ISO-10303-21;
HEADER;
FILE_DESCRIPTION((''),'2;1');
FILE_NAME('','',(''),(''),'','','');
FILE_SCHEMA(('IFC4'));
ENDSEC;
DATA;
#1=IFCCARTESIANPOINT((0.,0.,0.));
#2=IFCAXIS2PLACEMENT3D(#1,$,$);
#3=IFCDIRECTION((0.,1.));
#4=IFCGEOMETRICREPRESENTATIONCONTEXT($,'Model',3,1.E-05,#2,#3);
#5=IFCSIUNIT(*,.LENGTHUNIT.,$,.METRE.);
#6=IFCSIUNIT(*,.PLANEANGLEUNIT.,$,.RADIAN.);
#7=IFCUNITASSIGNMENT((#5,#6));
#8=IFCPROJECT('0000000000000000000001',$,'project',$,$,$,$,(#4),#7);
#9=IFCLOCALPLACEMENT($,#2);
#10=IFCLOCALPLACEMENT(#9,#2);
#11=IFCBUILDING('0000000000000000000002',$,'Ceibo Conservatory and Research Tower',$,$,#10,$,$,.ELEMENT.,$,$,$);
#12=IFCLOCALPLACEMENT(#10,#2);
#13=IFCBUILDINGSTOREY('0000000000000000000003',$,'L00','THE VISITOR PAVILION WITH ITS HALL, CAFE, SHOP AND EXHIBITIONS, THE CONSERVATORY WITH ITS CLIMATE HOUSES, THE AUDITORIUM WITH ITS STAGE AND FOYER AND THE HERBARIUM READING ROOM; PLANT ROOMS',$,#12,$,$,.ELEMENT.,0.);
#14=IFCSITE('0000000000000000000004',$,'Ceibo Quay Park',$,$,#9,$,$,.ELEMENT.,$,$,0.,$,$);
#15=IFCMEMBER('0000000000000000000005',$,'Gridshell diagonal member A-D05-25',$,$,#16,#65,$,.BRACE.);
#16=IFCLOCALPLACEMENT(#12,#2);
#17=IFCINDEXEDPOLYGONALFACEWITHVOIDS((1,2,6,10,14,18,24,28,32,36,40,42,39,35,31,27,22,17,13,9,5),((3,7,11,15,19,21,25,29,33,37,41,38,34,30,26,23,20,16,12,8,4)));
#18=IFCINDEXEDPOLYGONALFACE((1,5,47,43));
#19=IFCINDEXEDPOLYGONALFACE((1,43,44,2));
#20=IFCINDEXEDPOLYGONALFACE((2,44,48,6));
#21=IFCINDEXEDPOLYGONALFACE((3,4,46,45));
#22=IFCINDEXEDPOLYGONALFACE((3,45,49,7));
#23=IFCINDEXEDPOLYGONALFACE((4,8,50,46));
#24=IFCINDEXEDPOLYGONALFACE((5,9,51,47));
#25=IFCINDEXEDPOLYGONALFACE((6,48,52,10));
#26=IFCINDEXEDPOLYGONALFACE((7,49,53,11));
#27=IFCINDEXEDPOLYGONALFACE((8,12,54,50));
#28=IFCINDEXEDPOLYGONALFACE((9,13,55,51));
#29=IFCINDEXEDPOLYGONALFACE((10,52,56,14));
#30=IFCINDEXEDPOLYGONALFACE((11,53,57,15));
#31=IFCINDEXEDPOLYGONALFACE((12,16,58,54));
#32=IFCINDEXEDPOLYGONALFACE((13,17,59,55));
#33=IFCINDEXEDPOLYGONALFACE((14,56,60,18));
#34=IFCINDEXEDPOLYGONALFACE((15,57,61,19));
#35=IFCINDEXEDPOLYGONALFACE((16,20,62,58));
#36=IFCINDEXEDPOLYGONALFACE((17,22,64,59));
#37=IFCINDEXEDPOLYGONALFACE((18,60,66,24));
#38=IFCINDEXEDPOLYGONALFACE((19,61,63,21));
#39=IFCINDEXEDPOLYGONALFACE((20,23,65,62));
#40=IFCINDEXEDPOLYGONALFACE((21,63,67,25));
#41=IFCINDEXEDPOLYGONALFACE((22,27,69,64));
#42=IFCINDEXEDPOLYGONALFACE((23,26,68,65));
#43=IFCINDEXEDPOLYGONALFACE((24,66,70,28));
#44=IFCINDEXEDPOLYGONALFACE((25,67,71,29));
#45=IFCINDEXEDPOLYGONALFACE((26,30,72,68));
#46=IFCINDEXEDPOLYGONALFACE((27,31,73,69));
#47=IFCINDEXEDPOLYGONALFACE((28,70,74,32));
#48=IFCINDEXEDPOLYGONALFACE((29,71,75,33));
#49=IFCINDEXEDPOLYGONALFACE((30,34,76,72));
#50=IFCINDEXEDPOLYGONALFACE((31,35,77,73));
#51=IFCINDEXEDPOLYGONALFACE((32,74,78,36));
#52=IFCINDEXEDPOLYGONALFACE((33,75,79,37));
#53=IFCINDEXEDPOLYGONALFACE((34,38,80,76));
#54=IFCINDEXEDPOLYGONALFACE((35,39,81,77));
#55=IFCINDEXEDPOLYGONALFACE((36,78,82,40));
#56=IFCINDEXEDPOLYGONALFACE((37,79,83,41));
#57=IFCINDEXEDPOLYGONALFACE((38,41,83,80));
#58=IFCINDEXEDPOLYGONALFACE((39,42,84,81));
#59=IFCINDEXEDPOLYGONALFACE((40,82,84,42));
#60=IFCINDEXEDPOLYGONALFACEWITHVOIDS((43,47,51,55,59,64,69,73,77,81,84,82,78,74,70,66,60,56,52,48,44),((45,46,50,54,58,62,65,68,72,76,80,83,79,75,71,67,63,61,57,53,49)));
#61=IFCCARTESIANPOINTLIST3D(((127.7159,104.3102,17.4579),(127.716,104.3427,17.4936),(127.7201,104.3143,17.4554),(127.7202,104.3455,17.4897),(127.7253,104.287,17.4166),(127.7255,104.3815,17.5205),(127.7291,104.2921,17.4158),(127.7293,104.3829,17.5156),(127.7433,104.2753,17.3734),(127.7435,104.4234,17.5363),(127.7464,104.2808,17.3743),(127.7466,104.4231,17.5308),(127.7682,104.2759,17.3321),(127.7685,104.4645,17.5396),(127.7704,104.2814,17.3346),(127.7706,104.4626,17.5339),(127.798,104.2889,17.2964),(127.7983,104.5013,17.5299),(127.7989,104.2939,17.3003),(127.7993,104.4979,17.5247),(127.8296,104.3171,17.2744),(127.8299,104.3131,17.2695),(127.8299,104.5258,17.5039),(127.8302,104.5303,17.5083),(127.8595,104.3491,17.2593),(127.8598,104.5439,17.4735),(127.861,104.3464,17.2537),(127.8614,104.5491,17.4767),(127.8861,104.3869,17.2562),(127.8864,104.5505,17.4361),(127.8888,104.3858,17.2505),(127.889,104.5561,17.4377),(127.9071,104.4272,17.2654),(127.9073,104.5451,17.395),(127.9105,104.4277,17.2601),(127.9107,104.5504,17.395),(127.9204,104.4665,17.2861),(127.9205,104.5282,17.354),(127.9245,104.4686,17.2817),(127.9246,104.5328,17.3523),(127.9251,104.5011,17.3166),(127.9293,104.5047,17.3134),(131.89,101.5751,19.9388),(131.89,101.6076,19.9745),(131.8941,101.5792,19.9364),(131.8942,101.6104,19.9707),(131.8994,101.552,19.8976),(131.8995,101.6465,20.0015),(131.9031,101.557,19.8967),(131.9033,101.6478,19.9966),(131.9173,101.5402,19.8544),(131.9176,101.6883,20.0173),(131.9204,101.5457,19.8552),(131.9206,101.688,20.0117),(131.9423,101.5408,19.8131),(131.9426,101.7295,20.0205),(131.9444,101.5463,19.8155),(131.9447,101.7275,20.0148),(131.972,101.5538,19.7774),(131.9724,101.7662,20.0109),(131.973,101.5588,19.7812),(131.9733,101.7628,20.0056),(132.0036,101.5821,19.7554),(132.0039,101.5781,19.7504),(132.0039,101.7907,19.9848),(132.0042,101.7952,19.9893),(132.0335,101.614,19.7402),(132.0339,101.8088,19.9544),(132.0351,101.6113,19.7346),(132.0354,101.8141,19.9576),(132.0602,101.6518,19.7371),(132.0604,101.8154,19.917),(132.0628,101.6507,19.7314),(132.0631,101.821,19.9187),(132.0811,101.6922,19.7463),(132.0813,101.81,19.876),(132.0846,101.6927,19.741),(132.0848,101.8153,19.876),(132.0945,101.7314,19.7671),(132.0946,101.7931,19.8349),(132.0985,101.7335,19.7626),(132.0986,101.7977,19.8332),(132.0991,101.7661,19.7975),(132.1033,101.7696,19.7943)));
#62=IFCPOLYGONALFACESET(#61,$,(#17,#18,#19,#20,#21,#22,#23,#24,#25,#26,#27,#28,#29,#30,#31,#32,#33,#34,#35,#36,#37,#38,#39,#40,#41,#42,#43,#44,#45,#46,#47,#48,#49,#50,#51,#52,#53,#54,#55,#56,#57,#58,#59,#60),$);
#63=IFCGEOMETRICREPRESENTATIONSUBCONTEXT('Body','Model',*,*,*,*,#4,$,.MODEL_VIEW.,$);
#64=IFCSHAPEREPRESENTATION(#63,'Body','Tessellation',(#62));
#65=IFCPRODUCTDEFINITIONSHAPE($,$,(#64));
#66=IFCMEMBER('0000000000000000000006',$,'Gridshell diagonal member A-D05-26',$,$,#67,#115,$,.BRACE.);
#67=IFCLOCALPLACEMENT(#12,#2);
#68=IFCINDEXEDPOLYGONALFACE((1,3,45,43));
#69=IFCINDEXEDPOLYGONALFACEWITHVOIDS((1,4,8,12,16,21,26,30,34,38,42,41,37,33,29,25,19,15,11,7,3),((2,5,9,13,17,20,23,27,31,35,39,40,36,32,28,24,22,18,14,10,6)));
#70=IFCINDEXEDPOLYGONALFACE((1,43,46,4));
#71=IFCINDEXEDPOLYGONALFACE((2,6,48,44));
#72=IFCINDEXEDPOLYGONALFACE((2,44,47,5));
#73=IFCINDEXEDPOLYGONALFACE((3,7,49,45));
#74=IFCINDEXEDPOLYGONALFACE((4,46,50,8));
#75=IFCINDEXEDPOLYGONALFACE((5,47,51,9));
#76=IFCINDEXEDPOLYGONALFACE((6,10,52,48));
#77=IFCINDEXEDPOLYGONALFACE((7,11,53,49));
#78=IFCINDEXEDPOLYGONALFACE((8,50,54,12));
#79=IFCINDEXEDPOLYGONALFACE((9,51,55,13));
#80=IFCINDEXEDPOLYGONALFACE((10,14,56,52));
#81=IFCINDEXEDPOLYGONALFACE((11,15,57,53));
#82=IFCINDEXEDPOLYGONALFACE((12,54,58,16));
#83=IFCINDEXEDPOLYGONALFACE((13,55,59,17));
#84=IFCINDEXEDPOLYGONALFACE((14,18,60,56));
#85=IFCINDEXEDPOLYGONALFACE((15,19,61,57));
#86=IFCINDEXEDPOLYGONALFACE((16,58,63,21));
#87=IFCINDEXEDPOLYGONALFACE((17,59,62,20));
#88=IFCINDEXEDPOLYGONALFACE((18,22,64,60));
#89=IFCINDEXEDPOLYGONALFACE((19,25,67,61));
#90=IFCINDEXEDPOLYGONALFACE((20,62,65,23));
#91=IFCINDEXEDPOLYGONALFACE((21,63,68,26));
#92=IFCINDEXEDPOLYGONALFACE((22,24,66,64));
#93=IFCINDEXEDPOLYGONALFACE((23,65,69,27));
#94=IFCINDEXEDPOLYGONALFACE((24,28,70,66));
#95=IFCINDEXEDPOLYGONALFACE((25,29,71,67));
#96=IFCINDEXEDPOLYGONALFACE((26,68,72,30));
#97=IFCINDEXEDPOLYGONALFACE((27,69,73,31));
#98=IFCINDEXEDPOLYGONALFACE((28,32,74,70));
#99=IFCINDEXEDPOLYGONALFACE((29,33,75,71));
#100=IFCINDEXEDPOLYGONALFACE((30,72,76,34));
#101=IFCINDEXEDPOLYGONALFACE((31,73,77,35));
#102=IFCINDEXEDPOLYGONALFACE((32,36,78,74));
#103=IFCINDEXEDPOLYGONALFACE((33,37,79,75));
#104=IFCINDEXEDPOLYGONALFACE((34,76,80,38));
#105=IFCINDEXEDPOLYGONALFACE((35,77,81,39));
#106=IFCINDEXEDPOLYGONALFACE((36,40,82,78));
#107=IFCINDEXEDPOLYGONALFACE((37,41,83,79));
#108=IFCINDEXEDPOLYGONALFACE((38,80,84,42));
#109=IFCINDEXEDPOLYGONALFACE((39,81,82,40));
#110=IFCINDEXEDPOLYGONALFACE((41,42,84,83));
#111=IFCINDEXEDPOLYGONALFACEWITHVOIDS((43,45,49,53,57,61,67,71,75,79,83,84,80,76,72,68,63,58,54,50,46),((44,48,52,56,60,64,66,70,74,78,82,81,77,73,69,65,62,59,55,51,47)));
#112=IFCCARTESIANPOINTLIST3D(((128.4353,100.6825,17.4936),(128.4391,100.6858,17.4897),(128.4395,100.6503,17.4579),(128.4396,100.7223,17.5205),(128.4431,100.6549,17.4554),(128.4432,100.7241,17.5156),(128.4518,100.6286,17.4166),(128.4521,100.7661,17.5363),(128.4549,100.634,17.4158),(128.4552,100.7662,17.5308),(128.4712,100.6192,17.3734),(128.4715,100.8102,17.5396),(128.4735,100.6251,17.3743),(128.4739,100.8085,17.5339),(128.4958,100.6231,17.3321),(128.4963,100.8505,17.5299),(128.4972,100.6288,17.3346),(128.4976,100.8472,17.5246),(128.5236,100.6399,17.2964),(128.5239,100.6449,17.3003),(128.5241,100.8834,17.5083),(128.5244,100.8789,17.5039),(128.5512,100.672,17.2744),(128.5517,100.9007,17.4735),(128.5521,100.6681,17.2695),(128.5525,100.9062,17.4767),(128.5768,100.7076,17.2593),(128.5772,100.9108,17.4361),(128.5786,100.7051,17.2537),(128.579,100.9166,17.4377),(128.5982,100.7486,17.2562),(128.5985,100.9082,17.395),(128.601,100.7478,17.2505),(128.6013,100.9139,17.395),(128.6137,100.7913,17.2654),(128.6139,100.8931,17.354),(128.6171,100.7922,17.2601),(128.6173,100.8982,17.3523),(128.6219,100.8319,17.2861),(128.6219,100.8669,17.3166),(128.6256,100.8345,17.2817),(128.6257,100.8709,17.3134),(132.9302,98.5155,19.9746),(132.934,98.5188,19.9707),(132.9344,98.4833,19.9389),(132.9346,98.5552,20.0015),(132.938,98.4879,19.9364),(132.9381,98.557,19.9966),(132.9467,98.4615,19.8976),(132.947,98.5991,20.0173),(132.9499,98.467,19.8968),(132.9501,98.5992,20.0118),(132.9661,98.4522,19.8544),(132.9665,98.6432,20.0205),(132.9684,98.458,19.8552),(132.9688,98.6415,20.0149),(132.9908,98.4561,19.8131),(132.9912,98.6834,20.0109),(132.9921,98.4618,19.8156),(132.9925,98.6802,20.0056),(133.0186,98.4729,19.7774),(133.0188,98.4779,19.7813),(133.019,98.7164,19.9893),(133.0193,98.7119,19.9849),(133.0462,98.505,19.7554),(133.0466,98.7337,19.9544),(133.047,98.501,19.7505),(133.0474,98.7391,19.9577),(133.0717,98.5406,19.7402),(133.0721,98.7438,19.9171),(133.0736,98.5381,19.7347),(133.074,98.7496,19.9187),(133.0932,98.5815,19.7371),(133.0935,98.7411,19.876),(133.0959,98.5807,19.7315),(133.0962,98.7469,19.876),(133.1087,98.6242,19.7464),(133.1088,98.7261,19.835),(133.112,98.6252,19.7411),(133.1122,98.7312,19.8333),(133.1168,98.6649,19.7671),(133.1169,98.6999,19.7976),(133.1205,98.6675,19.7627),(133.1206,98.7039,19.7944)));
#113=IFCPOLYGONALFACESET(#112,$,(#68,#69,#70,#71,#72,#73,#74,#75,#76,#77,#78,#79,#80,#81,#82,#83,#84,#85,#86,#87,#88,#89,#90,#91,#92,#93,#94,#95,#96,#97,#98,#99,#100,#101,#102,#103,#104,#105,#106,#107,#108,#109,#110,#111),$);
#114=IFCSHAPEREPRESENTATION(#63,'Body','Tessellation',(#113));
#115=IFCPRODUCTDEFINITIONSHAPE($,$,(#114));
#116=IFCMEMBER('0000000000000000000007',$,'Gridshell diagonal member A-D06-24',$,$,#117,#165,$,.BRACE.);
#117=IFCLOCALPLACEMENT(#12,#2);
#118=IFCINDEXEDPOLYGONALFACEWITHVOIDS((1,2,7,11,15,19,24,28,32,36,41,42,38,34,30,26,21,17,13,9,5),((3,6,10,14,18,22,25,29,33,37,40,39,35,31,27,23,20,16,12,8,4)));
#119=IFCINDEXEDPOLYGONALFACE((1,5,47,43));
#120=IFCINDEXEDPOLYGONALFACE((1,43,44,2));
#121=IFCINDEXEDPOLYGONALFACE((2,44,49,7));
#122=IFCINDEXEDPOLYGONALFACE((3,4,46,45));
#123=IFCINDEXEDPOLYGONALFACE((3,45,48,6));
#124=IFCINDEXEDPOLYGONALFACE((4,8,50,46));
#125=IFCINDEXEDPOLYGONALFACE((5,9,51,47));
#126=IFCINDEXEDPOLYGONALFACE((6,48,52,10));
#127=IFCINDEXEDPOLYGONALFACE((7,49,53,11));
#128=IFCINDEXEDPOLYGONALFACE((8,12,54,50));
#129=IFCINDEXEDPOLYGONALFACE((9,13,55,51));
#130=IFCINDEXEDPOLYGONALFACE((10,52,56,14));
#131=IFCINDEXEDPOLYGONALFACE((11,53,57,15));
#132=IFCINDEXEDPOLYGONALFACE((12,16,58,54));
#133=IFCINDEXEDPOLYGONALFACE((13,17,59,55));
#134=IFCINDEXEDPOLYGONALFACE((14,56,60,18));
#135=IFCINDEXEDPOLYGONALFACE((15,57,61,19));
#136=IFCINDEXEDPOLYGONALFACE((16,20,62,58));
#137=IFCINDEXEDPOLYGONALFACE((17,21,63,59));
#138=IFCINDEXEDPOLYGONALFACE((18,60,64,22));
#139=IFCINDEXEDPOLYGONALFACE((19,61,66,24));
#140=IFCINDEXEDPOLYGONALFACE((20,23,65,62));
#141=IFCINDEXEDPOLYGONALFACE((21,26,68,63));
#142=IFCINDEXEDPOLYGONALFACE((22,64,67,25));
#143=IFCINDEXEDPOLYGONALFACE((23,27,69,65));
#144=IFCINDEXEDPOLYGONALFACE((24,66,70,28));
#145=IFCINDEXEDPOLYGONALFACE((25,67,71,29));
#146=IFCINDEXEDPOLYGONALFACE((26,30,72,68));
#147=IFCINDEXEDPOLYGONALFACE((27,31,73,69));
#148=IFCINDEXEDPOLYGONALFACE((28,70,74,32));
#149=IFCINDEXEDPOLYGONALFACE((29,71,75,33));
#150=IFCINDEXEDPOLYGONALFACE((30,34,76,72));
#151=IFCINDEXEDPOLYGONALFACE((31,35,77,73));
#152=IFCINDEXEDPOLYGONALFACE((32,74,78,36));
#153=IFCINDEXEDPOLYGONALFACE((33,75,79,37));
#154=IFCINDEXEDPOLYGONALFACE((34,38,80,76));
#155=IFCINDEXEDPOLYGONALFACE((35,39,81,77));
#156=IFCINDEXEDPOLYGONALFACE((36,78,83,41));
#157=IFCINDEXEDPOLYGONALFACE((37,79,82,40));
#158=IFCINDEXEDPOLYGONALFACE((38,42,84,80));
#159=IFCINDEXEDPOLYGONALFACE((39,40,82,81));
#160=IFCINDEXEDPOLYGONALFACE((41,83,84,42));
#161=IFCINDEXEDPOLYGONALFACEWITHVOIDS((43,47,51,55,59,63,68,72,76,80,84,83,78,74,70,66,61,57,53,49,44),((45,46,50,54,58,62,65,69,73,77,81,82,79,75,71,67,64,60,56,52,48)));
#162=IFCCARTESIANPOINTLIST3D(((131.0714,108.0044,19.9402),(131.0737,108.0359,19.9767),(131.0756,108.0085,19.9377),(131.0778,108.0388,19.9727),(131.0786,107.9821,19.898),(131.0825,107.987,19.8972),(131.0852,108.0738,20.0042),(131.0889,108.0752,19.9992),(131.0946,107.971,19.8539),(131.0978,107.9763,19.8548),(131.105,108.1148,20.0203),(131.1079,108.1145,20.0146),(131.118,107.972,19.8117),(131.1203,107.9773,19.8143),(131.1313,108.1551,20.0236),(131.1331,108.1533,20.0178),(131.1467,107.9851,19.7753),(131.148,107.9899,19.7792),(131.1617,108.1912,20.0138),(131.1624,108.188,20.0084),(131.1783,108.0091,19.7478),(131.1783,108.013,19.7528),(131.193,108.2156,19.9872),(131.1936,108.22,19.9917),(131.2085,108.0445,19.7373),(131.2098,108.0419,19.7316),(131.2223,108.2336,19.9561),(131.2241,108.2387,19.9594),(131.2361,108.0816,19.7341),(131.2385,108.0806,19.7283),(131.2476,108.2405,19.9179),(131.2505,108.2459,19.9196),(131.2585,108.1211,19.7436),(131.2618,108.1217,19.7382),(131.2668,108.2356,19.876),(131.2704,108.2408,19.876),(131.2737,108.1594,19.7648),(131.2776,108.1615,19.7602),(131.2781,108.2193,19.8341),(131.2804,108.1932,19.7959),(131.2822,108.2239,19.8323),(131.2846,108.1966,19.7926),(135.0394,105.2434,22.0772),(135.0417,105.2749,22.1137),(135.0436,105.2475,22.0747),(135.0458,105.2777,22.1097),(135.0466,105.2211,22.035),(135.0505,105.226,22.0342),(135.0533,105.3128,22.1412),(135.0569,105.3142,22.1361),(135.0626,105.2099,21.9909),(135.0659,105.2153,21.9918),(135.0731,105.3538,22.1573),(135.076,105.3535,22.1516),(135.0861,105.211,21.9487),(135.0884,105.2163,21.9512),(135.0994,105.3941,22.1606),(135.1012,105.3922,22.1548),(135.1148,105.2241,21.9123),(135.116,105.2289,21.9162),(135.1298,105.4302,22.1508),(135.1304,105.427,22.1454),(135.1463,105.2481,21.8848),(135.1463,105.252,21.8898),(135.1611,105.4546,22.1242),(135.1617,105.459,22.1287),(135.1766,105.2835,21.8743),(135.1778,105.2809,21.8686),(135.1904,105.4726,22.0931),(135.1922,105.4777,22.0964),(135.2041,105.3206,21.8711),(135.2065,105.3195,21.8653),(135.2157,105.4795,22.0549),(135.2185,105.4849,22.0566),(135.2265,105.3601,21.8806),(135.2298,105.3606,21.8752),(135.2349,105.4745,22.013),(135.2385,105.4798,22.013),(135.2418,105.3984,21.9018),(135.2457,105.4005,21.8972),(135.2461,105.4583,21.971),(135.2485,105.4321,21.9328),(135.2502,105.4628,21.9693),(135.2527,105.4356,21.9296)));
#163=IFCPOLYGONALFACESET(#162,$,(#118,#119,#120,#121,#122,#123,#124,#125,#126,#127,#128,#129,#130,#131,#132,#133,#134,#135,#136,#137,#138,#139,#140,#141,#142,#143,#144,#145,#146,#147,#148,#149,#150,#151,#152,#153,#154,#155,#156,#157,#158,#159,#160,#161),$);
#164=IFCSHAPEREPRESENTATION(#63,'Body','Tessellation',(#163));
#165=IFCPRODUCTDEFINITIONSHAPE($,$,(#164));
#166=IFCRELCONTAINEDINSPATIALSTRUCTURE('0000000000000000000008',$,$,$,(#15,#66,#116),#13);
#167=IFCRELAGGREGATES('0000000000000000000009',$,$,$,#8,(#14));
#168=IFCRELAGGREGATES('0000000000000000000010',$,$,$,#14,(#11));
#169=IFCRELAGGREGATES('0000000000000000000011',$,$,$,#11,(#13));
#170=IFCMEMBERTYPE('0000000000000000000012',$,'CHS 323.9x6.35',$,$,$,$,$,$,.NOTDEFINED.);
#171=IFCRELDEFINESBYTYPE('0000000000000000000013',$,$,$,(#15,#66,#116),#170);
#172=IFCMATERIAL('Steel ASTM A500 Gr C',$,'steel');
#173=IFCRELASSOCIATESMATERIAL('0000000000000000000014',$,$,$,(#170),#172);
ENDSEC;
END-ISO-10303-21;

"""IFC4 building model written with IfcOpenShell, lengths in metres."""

from ifc_helpers import new_model, si_unit, direction, frame, origin, origin_2d, place, context, subcontext, project, spatial, hollow_circle, extrude, material, material_profile, profile_set, type_object, element, save


model = new_model("IFC4")

# Units and contexts
model_context = context("Model", 3, precision=1e-05, world=origin(), true_north=direction((0.0, 1.0)))
body_context = subcontext(model_context, "Body", "Model", "MODEL_VIEW")
ifc_project = project(units=[si_unit("LENGTHUNIT", "METRE"), si_unit("PLANEANGLEUNIT", "RADIAN")], contexts=[model_context])

# Site, building, storey
site_placement = place(None, origin())
site = spatial("IfcSite", under=ifc_project, at=site_placement, Name="Ceibo Quay Park", CompositionType="ELEMENT", RefElevation=0.0)
building_placement = place(site_placement, origin())
building = spatial("IfcBuilding", under=site, at=building_placement, Name="Ceibo Conservatory and Research Tower", CompositionType="ELEMENT")
storey_placement = place(building_placement, origin())
storey = spatial("IfcBuildingStorey", under=building, at=storey_placement, Name="L00", Description="THE VISITOR PAVILION WITH ITS HALL, CAFE, SHOP AND EXHIBITIONS, THE CONSERVATORY WITH ITS CLIMATE HOUSES, THE AUDITORIUM WITH ITS STAGE AND FOYER AND THE HERBARIUM READING ROOM; PLANT ROOMS", CompositionType="ELEMENT", Elevation=0.0)

# Members
ifc_material_1 = material(Name="Steel ASTM A500 Gr C", Category="steel")
ifc_material_profile_1 = material_profile(ifc_material_1, hollow_circle(Radius=0.1619, WallThickness=0.0063, at=origin_2d()), Name="CHS 323.9x6.35")
ifc_profile_set_1 = profile_set([ifc_material_profile_1], Name="Steel ASTM A500 Gr C")
member_type_1 = type_object("IfcMemberType", Name="CHS 323.9x6.35", PredefinedType="NOTDEFINED", material=ifc_profile_set_1)
member_1_placement = place(storey_placement, frame((127.822, 104.415, 17.395), z_axis=(0.748975, -0.490774, 0.445171), x_axis=(0.548078, 0.836427, 0.0)))
element("IfcMember", 1, at=member_1_placement, inside=storey, type_object=member_type_1, Name="Gridshell diagonal member A-D05-25", PredefinedType="BRACE", context=body_context, shape_type="SweptSolid", body=[
    extrude(hollow_circle(Radius=0.1619, WallThickness=0.0063, at=origin_2d()), origin(), (0.0, 0.0, 1.0), 5.573),
])
member_2_placement = place(storey_placement, frame((128.531, 100.7681, 17.395), z_axis=(0.806589, -0.388859, 0.445199), x_axis=(0.43427, 0.900783, 0.0)))
element("IfcMember", 2, at=member_2_placement, inside=storey, type_object=member_type_1, Name="Gridshell diagonal member A-D05-26", PredefinedType="BRACE", context=body_context, shape_type="SweptSolid", body=[
    extrude(hollow_circle(Radius=0.1619, WallThickness=0.0063, at=origin_2d()), origin(), (0.0, 0.0, 1.0), 5.5728),
])
member_3_placement = place(storey_placement, frame((131.178, 108.1079, 19.876), z_axis=(0.750759, -0.522386, 0.404319), x_axis=(0.571152, 0.820844, 0.0)))
element("IfcMember", 3, at=member_3_placement, inside=storey, type_object=member_type_1, Name="Gridshell diagonal member A-D06-24", PredefinedType="BRACE", context=body_context, shape_type="SweptSolid", body=[
    extrude(hollow_circle(Radius=0.1619, WallThickness=0.0063, at=origin_2d()), origin(), (0.0, 0.0, 1.0), 5.2854),
])

save(model, "model.ifc")
